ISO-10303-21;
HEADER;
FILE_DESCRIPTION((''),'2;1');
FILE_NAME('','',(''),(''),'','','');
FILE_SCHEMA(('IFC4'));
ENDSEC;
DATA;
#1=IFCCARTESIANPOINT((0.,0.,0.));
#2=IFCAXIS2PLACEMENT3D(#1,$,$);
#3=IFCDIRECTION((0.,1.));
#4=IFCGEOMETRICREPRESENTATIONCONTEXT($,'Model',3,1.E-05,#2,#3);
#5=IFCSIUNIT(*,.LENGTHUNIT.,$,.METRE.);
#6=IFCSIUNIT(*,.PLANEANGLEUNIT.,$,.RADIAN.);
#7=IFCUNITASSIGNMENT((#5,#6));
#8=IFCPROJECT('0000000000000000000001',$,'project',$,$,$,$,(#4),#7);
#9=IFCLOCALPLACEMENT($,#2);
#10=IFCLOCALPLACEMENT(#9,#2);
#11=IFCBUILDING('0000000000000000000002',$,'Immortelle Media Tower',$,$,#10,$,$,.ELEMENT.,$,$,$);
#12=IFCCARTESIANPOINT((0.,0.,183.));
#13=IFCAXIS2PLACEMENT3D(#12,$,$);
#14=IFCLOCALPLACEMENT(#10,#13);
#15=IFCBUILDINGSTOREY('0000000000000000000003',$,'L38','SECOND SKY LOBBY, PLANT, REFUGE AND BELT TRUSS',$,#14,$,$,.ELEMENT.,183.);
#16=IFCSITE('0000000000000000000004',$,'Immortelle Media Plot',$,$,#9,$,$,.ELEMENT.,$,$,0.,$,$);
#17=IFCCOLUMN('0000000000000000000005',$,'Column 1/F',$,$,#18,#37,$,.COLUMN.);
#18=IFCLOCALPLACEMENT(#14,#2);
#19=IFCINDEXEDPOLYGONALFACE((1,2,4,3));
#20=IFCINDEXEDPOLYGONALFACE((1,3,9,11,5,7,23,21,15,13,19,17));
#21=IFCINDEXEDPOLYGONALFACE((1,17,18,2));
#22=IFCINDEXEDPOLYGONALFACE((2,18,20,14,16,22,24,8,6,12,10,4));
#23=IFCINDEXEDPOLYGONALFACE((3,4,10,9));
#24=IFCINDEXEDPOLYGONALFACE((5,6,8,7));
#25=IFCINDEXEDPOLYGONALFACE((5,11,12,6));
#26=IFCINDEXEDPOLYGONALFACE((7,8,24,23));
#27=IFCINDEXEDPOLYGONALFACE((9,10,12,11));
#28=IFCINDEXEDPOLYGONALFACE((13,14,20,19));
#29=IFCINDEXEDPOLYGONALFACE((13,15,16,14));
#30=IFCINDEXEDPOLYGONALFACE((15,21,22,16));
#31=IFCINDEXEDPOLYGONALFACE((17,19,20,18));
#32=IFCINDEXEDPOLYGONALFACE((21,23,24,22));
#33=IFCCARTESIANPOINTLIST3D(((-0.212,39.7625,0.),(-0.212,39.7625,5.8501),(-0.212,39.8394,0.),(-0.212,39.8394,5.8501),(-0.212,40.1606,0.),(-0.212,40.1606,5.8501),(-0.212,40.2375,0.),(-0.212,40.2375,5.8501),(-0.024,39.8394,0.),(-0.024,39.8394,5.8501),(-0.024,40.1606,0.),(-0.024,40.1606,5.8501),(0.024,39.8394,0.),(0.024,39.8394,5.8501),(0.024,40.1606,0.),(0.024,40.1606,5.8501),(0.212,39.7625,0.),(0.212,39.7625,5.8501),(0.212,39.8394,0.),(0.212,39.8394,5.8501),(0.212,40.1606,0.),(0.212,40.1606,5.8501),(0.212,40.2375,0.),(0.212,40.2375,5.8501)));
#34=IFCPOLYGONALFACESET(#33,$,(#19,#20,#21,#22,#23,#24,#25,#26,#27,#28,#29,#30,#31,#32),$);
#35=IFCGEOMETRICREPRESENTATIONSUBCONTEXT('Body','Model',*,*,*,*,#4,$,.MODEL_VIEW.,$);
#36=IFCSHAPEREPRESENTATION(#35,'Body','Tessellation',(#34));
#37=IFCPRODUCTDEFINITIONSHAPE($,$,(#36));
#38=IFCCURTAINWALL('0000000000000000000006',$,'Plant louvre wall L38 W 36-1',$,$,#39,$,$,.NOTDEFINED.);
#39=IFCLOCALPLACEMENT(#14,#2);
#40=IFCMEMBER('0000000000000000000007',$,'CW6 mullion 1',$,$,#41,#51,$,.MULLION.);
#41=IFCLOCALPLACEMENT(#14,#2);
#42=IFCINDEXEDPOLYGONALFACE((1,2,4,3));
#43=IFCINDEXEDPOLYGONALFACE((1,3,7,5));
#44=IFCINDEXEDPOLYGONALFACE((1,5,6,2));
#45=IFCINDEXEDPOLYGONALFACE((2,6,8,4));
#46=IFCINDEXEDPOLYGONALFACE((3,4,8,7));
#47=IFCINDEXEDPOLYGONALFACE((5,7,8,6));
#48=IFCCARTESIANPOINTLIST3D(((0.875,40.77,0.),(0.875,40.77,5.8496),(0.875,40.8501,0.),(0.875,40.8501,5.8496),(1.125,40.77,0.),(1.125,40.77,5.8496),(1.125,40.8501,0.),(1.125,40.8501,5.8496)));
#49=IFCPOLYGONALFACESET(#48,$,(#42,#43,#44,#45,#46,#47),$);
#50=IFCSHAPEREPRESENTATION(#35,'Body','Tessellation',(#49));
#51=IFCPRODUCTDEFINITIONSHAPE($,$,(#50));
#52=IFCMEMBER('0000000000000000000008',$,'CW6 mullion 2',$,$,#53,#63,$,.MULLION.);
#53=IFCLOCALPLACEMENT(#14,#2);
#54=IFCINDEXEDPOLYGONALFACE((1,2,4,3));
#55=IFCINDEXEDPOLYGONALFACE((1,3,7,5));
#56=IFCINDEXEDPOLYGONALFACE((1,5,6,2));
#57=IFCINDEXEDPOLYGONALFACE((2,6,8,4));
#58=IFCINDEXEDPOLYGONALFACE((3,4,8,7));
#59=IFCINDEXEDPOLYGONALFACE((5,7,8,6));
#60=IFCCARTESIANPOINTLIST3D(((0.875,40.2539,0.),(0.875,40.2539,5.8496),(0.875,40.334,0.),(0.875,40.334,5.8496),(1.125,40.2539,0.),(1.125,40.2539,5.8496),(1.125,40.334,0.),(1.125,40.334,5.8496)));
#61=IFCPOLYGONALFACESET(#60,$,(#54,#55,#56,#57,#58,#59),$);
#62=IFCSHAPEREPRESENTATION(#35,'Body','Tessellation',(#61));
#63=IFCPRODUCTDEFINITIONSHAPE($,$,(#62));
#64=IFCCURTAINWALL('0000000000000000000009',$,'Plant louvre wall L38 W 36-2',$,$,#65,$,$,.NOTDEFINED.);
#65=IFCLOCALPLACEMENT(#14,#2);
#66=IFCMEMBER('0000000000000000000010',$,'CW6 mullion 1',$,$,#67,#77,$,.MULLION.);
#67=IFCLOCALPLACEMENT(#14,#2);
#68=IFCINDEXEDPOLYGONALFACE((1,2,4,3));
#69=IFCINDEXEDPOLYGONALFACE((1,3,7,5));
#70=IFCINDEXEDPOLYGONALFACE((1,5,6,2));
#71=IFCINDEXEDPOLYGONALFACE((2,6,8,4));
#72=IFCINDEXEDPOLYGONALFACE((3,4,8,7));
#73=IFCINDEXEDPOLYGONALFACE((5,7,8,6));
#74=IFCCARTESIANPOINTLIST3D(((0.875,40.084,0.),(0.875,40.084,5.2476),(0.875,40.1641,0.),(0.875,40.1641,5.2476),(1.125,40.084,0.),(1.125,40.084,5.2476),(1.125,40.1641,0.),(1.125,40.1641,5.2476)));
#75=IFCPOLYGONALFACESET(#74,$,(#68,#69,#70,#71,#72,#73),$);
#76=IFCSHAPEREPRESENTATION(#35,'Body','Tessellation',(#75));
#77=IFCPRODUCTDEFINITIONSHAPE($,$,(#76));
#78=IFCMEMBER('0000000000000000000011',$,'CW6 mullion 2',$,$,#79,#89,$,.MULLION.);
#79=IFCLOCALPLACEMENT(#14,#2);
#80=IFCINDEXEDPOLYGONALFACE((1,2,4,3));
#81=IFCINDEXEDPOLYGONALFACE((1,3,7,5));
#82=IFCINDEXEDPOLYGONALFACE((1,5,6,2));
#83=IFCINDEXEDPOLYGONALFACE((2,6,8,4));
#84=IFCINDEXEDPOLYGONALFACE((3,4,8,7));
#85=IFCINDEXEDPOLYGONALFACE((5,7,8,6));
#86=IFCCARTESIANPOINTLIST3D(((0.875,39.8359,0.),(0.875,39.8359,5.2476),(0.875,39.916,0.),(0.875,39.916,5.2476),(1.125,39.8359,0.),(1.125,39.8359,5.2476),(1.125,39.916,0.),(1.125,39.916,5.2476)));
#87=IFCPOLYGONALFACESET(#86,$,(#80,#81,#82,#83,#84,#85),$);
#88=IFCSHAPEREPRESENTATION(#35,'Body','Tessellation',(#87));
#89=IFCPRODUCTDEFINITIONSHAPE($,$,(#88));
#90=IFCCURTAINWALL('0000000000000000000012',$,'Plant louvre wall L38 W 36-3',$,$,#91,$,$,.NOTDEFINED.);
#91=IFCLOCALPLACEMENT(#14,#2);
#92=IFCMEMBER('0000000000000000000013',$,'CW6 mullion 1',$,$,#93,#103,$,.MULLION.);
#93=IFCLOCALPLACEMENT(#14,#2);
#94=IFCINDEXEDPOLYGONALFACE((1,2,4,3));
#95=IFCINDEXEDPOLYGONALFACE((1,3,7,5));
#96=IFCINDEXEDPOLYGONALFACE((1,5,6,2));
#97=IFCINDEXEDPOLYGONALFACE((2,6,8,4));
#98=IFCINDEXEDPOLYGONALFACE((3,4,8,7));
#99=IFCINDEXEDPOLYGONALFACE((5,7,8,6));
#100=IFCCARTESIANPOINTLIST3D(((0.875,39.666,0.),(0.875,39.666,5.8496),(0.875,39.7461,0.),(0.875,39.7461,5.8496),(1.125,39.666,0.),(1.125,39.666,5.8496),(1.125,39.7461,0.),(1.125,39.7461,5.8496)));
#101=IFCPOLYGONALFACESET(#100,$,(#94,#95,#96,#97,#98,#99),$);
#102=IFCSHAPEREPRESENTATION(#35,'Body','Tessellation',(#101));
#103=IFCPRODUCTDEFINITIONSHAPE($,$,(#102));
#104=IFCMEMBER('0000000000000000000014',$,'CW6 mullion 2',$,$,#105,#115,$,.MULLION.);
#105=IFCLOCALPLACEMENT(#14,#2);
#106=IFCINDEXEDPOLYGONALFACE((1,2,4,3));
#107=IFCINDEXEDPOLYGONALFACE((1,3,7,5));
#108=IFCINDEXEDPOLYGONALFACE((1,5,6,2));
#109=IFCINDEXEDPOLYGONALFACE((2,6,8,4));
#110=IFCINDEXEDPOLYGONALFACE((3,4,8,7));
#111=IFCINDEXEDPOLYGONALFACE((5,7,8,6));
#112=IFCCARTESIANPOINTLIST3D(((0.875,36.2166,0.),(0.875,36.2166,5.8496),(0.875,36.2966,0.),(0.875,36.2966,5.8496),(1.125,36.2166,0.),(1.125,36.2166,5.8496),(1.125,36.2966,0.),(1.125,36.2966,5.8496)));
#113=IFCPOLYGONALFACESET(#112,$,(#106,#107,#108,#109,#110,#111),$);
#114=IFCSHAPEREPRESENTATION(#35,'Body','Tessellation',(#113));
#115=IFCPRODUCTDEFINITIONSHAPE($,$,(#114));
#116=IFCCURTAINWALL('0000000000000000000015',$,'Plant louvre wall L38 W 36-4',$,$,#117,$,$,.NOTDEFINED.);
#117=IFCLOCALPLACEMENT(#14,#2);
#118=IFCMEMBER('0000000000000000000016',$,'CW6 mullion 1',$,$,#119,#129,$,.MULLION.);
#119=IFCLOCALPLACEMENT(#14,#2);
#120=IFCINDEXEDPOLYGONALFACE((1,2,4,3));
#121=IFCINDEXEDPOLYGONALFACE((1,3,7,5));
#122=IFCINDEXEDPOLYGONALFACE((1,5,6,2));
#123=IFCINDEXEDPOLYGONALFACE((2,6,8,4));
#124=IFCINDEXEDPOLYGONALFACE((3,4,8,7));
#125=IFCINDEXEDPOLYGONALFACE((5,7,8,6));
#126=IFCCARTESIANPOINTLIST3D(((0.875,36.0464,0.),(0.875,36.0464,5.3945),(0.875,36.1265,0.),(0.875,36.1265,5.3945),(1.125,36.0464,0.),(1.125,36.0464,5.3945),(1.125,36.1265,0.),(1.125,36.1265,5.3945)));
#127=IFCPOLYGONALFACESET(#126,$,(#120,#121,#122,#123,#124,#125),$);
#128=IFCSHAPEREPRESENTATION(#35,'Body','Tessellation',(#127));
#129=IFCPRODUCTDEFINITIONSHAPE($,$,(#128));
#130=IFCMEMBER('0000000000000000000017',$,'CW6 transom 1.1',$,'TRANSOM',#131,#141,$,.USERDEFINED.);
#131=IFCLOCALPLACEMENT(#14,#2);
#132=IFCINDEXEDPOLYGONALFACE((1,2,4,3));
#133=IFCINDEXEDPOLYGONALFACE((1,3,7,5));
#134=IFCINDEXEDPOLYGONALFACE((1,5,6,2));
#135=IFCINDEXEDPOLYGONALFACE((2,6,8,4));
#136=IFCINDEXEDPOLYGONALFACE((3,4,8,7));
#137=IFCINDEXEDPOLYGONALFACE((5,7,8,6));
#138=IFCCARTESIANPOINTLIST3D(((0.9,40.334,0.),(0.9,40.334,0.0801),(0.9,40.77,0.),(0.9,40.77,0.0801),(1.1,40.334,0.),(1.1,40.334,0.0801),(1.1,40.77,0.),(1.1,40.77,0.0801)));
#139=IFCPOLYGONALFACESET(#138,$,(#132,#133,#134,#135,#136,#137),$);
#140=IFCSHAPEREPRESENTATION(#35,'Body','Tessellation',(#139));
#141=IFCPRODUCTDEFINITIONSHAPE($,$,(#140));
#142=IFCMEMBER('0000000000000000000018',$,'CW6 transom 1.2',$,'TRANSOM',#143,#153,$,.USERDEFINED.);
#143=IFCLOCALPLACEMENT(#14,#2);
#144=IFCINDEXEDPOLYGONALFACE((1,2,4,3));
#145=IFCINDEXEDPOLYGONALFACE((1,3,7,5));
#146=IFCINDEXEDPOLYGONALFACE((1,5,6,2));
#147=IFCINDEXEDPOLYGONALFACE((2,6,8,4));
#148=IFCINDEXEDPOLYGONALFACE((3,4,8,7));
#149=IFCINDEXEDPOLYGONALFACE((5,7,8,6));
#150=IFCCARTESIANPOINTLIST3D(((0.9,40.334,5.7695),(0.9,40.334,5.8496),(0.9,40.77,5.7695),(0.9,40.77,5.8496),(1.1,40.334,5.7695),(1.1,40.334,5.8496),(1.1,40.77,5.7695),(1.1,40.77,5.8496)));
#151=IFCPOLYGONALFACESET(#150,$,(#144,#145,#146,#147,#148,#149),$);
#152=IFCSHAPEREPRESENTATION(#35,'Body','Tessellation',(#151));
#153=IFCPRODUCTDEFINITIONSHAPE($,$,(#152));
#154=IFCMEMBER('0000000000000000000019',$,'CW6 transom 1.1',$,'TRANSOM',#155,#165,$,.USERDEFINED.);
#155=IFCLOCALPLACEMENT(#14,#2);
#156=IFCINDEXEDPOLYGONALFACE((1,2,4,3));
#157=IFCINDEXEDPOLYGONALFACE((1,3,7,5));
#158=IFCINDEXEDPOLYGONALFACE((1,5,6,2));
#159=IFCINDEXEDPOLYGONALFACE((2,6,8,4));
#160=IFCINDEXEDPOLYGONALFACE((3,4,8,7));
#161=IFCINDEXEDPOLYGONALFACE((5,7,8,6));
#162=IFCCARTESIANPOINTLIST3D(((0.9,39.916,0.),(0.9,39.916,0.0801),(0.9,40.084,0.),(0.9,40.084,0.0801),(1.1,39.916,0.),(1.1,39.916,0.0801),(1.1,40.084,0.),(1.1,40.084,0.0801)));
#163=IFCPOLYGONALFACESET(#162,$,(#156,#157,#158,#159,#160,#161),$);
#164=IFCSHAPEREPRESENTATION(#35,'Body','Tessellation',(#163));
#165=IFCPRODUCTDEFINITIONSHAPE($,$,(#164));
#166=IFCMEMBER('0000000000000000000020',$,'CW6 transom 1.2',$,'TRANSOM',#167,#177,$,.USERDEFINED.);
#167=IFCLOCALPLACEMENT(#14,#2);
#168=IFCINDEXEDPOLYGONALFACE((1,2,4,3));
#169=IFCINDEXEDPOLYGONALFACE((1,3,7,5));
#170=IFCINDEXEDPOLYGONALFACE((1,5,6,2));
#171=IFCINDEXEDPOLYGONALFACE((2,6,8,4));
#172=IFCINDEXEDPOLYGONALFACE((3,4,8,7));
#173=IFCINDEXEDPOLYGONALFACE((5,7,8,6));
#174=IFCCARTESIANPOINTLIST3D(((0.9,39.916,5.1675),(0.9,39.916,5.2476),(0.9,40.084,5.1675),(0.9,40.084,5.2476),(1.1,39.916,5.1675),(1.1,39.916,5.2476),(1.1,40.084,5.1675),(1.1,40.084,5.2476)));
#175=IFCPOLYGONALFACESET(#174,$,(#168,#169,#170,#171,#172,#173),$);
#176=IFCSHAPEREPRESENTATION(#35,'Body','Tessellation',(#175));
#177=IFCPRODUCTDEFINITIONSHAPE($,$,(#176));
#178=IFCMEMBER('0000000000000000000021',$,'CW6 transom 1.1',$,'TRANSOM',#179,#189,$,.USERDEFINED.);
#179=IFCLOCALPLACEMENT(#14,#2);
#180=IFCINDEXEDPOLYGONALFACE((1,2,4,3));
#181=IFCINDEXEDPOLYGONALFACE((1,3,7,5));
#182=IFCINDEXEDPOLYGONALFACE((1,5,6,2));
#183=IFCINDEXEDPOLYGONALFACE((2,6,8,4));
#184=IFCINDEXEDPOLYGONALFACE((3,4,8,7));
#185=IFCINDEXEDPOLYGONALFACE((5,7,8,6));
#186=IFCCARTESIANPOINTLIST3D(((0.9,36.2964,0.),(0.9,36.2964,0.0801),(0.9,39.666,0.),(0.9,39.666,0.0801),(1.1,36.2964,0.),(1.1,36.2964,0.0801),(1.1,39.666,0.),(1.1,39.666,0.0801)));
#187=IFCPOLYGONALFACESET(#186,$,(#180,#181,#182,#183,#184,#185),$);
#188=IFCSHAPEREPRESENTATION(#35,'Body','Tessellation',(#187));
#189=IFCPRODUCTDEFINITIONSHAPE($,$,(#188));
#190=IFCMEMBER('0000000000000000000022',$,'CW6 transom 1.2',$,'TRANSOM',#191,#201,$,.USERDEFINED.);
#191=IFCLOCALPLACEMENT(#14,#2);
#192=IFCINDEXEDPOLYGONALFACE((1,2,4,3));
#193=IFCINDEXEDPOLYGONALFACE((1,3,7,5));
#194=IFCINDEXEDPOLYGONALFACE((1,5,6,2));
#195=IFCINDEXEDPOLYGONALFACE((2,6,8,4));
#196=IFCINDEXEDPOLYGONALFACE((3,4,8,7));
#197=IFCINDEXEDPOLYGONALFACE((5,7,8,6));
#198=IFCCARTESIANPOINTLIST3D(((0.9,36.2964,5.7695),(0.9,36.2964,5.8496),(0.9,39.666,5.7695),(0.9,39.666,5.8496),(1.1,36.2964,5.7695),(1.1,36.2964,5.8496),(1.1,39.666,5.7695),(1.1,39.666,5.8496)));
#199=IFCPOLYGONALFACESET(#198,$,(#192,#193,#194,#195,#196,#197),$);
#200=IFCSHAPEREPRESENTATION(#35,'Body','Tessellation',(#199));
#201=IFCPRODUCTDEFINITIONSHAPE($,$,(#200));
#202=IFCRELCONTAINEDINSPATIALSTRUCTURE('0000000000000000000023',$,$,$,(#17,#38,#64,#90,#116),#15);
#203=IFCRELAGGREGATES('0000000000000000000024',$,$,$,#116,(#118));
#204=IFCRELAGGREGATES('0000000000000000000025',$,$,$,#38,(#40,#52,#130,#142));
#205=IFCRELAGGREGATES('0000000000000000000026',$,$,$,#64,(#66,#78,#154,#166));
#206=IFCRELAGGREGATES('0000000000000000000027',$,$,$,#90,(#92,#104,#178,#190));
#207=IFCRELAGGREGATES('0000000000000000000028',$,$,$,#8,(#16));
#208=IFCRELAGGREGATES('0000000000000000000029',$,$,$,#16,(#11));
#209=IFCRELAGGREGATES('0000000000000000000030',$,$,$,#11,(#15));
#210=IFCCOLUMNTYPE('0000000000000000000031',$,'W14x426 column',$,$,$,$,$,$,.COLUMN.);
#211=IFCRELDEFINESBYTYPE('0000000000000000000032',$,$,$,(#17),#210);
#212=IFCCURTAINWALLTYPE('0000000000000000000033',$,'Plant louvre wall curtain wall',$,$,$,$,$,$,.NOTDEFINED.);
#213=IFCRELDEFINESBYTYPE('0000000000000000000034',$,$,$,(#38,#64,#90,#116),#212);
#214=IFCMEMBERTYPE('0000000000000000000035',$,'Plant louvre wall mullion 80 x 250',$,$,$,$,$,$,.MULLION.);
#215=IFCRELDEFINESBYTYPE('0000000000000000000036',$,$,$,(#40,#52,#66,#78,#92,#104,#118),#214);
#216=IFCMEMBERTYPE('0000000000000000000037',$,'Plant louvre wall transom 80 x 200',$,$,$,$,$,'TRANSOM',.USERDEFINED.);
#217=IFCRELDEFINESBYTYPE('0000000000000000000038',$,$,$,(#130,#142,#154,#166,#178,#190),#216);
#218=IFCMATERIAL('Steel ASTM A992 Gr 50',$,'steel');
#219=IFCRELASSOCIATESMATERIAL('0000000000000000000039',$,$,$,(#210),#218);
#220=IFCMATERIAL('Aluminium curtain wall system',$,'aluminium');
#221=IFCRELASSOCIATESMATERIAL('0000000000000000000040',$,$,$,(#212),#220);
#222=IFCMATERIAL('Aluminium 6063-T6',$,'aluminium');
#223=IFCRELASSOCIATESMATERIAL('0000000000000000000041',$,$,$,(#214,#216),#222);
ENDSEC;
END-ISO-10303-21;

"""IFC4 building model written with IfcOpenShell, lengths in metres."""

from ifc_helpers import new_model, si_unit, direction, frame, origin, origin_2d, place, context, subcontext, project, spatial, rectangle, i_section, extrude, material, material_profile, profile_set, type_object, element, aggregate, save


model = new_model("IFC4")

# Units and contexts
model_context = context("Model", 3, precision=1e-05, world=origin(), true_north=direction((0.0, 1.0)))
body_context = subcontext(model_context, "Body", "Model", "MODEL_VIEW")
ifc_project = project(units=[si_unit("LENGTHUNIT", "METRE"), si_unit("PLANEANGLEUNIT", "RADIAN")], contexts=[model_context])

# Site, building, storey
site_placement = place(None, origin())
site = spatial("IfcSite", under=ifc_project, at=site_placement, Name="Immortelle Media Plot", CompositionType="ELEMENT", RefElevation=0.0)
building_placement = place(site_placement, origin())
building = spatial("IfcBuilding", under=site, at=building_placement, Name="Immortelle Media Tower", CompositionType="ELEMENT")
storey_placement = place(building_placement, frame((0.0, 0.0, 183.0)))
storey = spatial("IfcBuildingStorey", under=building, at=storey_placement, Name="L38", Description="SECOND SKY LOBBY, PLANT, REFUGE AND BELT TRUSS", CompositionType="ELEMENT", Elevation=183.0)

# Column
ifc_material_1 = material(Name="Steel ASTM A992 Gr 50", Category="steel")
ifc_material_profile_1 = material_profile(ifc_material_1, i_section(OverallWidth=0.4241, OverallDepth=0.4751, WebThickness=0.0481, FlangeThickness=0.0769, at=origin_2d()), Name="W14x426")
ifc_profile_set_1 = profile_set([ifc_material_profile_1], Name="Steel ASTM A992 Gr 50")
column_type = type_object("IfcColumnType", Name="W14x426 column", PredefinedType="COLUMN", material=ifc_profile_set_1)
column_placement = place(storey_placement, frame((0.0, 40.0, 0.0), z_axis=(0.0, 0.0, 1.0), x_axis=(1.0, 0.0, 0.0)))
element("IfcColumn", 1, at=column_placement, inside=storey, type_object=column_type, Name="Column 1/F", PredefinedType="COLUMN", context=body_context, shape_type="SweptSolid", body=[
    extrude(i_section(OverallWidth=0.4241, OverallDepth=0.4751, WebThickness=0.0481, FlangeThickness=0.0769, at=origin_2d()), origin(), (0.0, 0.0, 1.0), 5.8501),
])

# Curtain walls, members
ifc_material_2 = material(Name="Aluminium curtain wall system", Category="aluminium")
curtain_wall_type = type_object("IfcCurtainWallType", Name="Plant louvre wall curtain wall", PredefinedType="NOTDEFINED", material=ifc_material_2)
curtain_wall_1_placement = place(storey_placement, origin())
curtain_wall_1 = element("IfcCurtainWall", 2, at=curtain_wall_1_placement, inside=storey, type_object=curtain_wall_type, Name="Plant louvre wall L38 W 36-1", PredefinedType="NOTDEFINED")
ifc_material_3 = material(Name="Aluminium 6063-T6", Category="aluminium")
ifc_material_profile_2 = material_profile(ifc_material_3, rectangle(XDim=0.25, YDim=0.0801, at=origin_2d()), Name="AL 80x250")
ifc_profile_set_2 = profile_set([ifc_material_profile_2], Name="Aluminium 6063-T6")
member_type_1 = type_object("IfcMemberType", Name="Plant louvre wall mullion 80 x 250", PredefinedType="MULLION", material=ifc_profile_set_2)
member_1_placement = place(storey_placement, frame((1.0, 40.8101, 0.0), z_axis=(0.0, 0.0, 1.0), x_axis=(1.0, 0.0, 0.0)))
member_1 = element("IfcMember", 3, at=member_1_placement, type_object=member_type_1, Name="CW6 mullion 1", PredefinedType="MULLION", context=body_context, shape_type="SweptSolid", body=[
    extrude(rectangle(XDim=0.25, YDim=0.0801, at=origin_2d()), origin(), (0.0, 0.0, 1.0), 5.8496),
])
member_2_placement = place(storey_placement, frame((1.0, 40.2939, 0.0), z_axis=(0.0, 0.0, 1.0), x_axis=(1.0, 0.0, 0.0)))
member_2 = element("IfcMember", 4, at=member_2_placement, type_object=member_type_1, Name="CW6 mullion 2", PredefinedType="MULLION", context=body_context, shape_type="SweptSolid", body=[
    extrude(rectangle(XDim=0.25, YDim=0.0801, at=origin_2d()), origin(), (0.0, 0.0, 1.0), 5.8496),
])
curtain_wall_2_placement = place(storey_placement, origin())
curtain_wall_2 = element("IfcCurtainWall", 5, at=curtain_wall_2_placement, inside=storey, type_object=curtain_wall_type, Name="Plant louvre wall L38 W 36-2", PredefinedType="NOTDEFINED")
member_3_placement = place(storey_placement, frame((1.0, 40.124, 0.0), z_axis=(0.0, 0.0, 1.0), x_axis=(1.0, 0.0, 0.0)))
member_3 = element("IfcMember", 6, at=member_3_placement, type_object=member_type_1, Name="CW6 mullion 1", PredefinedType="MULLION", context=body_context, shape_type="SweptSolid", body=[
    extrude(rectangle(XDim=0.25, YDim=0.0801, at=origin_2d()), origin(), (0.0, 0.0, 1.0), 5.2476),
])
member_4_placement = place(storey_placement, frame((1.0, 39.876, 0.0), z_axis=(0.0, 0.0, 1.0), x_axis=(1.0, 0.0, 0.0)))
member_4 = element("IfcMember", 7, at=member_4_placement, type_object=member_type_1, Name="CW6 mullion 2", PredefinedType="MULLION", context=body_context, shape_type="SweptSolid", body=[
    extrude(rectangle(XDim=0.25, YDim=0.0801, at=origin_2d()), origin(), (0.0, 0.0, 1.0), 5.2476),
])
curtain_wall_3_placement = place(storey_placement, origin())
curtain_wall_3 = element("IfcCurtainWall", 8, at=curtain_wall_3_placement, inside=storey, type_object=curtain_wall_type, Name="Plant louvre wall L38 W 36-3", PredefinedType="NOTDEFINED")
member_5_placement = place(storey_placement, frame((1.0, 39.7061, 0.0), z_axis=(0.0, 0.0, 1.0), x_axis=(1.0, 0.0, 0.0)))
member_5 = element("IfcMember", 9, at=member_5_placement, type_object=member_type_1, Name="CW6 mullion 1", PredefinedType="MULLION", context=body_context, shape_type="SweptSolid", body=[
    extrude(rectangle(XDim=0.25, YDim=0.0801, at=origin_2d()), origin(), (0.0, 0.0, 1.0), 5.8496),
])
member_6_placement = place(storey_placement, frame((1.0, 36.2566, 0.0), z_axis=(0.0, 0.0, 1.0), x_axis=(1.0, 0.0, 0.0)))
member_6 = element("IfcMember", 10, at=member_6_placement, type_object=member_type_1, Name="CW6 mullion 2", PredefinedType="MULLION", context=body_context, shape_type="SweptSolid", body=[
    extrude(rectangle(XDim=0.25, YDim=0.0801, at=origin_2d()), origin(), (0.0, 0.0, 1.0), 5.8496),
])

# Curtain wall, member
curtain_wall_4_placement = place(storey_placement, origin())
curtain_wall_4 = element("IfcCurtainWall", 11, at=curtain_wall_4_placement, inside=storey, type_object=curtain_wall_type, Name="Plant louvre wall L38 W 36-4", PredefinedType="NOTDEFINED")
member_7_placement = place(storey_placement, frame((1.0, 36.0864, 0.0), z_axis=(0.0, 0.0, 1.0), x_axis=(1.0, 0.0, 0.0)))
member_7 = element("IfcMember", 12, at=member_7_placement, type_object=member_type_1, Name="CW6 mullion 1", PredefinedType="MULLION", context=body_context, shape_type="SweptSolid", body=[
    extrude(rectangle(XDim=0.25, YDim=0.0801, at=origin_2d()), origin(), (0.0, 0.0, 1.0), 5.3945),
])

# Members
ifc_material_profile_3 = material_profile(ifc_material_3, rectangle(XDim=0.2, YDim=0.0801, at=origin_2d()), Name="AL 80x200")
ifc_profile_set_3 = profile_set([ifc_material_profile_3], Name="Aluminium 6063-T6")
member_type_2 = type_object("IfcMemberType", Name="Plant louvre wall transom 80 x 200", ElementType="TRANSOM", PredefinedType="USERDEFINED", material=ifc_profile_set_3)
member_8_placement = place(storey_placement, frame((1.0, 40.77, 0.04), z_axis=(0.0, -1.0, 0.0), x_axis=(1.0, 0.0, 0.0)))
member_8 = element("IfcMember", 13, at=member_8_placement, type_object=member_type_2, Name="CW6 transom 1.1", ObjectType="TRANSOM", PredefinedType="USERDEFINED", context=body_context, shape_type="SweptSolid", body=[
    extrude(rectangle(XDim=0.2, YDim=0.0801, at=origin_2d()), origin(), (0.0, 0.0, 1.0), 0.436),
])
member_9_placement = place(storey_placement, frame((1.0, 40.77, 5.8096), z_axis=(0.0, -1.0, 0.0), x_axis=(1.0, 0.0, 0.0)))
member_9 = element("IfcMember", 14, at=member_9_placement, type_object=member_type_2, Name="CW6 transom 1.2", ObjectType="TRANSOM", PredefinedType="USERDEFINED", context=body_context, shape_type="SweptSolid", body=[
    extrude(rectangle(XDim=0.2, YDim=0.0801, at=origin_2d()), origin(), (0.0, 0.0, 1.0), 0.436),
])
member_10_placement = place(storey_placement, frame((1.0, 40.084, 0.04), z_axis=(0.0, -1.0, 0.0), x_axis=(1.0, 0.0, 0.0)))
member_10 = element("IfcMember", 15, at=member_10_placement, type_object=member_type_2, Name="CW6 transom 1.1", ObjectType="TRANSOM", PredefinedType="USERDEFINED", context=body_context, shape_type="SweptSolid", body=[
    extrude(rectangle(XDim=0.2, YDim=0.0801, at=origin_2d()), origin(), (0.0, 0.0, 1.0), 0.168),
])
member_11_placement = place(storey_placement, frame((1.0, 40.084, 5.2075), z_axis=(0.0, -1.0, 0.0), x_axis=(1.0, 0.0, 0.0)))
member_11 = element("IfcMember", 16, at=member_11_placement, type_object=member_type_2, Name="CW6 transom 1.2", ObjectType="TRANSOM", PredefinedType="USERDEFINED", context=body_context, shape_type="SweptSolid", body=[
    extrude(rectangle(XDim=0.2, YDim=0.0801, at=origin_2d()), origin(), (0.0, 0.0, 1.0), 0.168),
])
member_12_placement = place(storey_placement, frame((1.0, 39.666, 0.04), z_axis=(0.0, -1.0, 0.0), x_axis=(1.0, 0.0, 0.0)))
member_12 = element("IfcMember", 17, at=member_12_placement, type_object=member_type_2, Name="CW6 transom 1.1", ObjectType="TRANSOM", PredefinedType="USERDEFINED", context=body_context, shape_type="SweptSolid", body=[
    extrude(rectangle(XDim=0.2, YDim=0.0801, at=origin_2d()), origin(), (0.0, 0.0, 1.0), 3.3696),
])
member_13_placement = place(storey_placement, frame((1.0, 39.666, 5.8096), z_axis=(0.0, -1.0, 0.0), x_axis=(1.0, 0.0, 0.0)))
member_13 = element("IfcMember", 18, at=member_13_placement, type_object=member_type_2, Name="CW6 transom 1.2", ObjectType="TRANSOM", PredefinedType="USERDEFINED", context=body_context, shape_type="SweptSolid", body=[
    extrude(rectangle(XDim=0.2, YDim=0.0801, at=origin_2d()), origin(), (0.0, 0.0, 1.0), 3.3696),
])
aggregate(curtain_wall_4, [member_7])

aggregate(curtain_wall_1, [member_1, member_2, member_8, member_9])
aggregate(curtain_wall_2, [member_3, member_4, member_10, member_11])
aggregate(curtain_wall_3, [member_5, member_6, member_12, member_13])

save(model, "model.ifc")
